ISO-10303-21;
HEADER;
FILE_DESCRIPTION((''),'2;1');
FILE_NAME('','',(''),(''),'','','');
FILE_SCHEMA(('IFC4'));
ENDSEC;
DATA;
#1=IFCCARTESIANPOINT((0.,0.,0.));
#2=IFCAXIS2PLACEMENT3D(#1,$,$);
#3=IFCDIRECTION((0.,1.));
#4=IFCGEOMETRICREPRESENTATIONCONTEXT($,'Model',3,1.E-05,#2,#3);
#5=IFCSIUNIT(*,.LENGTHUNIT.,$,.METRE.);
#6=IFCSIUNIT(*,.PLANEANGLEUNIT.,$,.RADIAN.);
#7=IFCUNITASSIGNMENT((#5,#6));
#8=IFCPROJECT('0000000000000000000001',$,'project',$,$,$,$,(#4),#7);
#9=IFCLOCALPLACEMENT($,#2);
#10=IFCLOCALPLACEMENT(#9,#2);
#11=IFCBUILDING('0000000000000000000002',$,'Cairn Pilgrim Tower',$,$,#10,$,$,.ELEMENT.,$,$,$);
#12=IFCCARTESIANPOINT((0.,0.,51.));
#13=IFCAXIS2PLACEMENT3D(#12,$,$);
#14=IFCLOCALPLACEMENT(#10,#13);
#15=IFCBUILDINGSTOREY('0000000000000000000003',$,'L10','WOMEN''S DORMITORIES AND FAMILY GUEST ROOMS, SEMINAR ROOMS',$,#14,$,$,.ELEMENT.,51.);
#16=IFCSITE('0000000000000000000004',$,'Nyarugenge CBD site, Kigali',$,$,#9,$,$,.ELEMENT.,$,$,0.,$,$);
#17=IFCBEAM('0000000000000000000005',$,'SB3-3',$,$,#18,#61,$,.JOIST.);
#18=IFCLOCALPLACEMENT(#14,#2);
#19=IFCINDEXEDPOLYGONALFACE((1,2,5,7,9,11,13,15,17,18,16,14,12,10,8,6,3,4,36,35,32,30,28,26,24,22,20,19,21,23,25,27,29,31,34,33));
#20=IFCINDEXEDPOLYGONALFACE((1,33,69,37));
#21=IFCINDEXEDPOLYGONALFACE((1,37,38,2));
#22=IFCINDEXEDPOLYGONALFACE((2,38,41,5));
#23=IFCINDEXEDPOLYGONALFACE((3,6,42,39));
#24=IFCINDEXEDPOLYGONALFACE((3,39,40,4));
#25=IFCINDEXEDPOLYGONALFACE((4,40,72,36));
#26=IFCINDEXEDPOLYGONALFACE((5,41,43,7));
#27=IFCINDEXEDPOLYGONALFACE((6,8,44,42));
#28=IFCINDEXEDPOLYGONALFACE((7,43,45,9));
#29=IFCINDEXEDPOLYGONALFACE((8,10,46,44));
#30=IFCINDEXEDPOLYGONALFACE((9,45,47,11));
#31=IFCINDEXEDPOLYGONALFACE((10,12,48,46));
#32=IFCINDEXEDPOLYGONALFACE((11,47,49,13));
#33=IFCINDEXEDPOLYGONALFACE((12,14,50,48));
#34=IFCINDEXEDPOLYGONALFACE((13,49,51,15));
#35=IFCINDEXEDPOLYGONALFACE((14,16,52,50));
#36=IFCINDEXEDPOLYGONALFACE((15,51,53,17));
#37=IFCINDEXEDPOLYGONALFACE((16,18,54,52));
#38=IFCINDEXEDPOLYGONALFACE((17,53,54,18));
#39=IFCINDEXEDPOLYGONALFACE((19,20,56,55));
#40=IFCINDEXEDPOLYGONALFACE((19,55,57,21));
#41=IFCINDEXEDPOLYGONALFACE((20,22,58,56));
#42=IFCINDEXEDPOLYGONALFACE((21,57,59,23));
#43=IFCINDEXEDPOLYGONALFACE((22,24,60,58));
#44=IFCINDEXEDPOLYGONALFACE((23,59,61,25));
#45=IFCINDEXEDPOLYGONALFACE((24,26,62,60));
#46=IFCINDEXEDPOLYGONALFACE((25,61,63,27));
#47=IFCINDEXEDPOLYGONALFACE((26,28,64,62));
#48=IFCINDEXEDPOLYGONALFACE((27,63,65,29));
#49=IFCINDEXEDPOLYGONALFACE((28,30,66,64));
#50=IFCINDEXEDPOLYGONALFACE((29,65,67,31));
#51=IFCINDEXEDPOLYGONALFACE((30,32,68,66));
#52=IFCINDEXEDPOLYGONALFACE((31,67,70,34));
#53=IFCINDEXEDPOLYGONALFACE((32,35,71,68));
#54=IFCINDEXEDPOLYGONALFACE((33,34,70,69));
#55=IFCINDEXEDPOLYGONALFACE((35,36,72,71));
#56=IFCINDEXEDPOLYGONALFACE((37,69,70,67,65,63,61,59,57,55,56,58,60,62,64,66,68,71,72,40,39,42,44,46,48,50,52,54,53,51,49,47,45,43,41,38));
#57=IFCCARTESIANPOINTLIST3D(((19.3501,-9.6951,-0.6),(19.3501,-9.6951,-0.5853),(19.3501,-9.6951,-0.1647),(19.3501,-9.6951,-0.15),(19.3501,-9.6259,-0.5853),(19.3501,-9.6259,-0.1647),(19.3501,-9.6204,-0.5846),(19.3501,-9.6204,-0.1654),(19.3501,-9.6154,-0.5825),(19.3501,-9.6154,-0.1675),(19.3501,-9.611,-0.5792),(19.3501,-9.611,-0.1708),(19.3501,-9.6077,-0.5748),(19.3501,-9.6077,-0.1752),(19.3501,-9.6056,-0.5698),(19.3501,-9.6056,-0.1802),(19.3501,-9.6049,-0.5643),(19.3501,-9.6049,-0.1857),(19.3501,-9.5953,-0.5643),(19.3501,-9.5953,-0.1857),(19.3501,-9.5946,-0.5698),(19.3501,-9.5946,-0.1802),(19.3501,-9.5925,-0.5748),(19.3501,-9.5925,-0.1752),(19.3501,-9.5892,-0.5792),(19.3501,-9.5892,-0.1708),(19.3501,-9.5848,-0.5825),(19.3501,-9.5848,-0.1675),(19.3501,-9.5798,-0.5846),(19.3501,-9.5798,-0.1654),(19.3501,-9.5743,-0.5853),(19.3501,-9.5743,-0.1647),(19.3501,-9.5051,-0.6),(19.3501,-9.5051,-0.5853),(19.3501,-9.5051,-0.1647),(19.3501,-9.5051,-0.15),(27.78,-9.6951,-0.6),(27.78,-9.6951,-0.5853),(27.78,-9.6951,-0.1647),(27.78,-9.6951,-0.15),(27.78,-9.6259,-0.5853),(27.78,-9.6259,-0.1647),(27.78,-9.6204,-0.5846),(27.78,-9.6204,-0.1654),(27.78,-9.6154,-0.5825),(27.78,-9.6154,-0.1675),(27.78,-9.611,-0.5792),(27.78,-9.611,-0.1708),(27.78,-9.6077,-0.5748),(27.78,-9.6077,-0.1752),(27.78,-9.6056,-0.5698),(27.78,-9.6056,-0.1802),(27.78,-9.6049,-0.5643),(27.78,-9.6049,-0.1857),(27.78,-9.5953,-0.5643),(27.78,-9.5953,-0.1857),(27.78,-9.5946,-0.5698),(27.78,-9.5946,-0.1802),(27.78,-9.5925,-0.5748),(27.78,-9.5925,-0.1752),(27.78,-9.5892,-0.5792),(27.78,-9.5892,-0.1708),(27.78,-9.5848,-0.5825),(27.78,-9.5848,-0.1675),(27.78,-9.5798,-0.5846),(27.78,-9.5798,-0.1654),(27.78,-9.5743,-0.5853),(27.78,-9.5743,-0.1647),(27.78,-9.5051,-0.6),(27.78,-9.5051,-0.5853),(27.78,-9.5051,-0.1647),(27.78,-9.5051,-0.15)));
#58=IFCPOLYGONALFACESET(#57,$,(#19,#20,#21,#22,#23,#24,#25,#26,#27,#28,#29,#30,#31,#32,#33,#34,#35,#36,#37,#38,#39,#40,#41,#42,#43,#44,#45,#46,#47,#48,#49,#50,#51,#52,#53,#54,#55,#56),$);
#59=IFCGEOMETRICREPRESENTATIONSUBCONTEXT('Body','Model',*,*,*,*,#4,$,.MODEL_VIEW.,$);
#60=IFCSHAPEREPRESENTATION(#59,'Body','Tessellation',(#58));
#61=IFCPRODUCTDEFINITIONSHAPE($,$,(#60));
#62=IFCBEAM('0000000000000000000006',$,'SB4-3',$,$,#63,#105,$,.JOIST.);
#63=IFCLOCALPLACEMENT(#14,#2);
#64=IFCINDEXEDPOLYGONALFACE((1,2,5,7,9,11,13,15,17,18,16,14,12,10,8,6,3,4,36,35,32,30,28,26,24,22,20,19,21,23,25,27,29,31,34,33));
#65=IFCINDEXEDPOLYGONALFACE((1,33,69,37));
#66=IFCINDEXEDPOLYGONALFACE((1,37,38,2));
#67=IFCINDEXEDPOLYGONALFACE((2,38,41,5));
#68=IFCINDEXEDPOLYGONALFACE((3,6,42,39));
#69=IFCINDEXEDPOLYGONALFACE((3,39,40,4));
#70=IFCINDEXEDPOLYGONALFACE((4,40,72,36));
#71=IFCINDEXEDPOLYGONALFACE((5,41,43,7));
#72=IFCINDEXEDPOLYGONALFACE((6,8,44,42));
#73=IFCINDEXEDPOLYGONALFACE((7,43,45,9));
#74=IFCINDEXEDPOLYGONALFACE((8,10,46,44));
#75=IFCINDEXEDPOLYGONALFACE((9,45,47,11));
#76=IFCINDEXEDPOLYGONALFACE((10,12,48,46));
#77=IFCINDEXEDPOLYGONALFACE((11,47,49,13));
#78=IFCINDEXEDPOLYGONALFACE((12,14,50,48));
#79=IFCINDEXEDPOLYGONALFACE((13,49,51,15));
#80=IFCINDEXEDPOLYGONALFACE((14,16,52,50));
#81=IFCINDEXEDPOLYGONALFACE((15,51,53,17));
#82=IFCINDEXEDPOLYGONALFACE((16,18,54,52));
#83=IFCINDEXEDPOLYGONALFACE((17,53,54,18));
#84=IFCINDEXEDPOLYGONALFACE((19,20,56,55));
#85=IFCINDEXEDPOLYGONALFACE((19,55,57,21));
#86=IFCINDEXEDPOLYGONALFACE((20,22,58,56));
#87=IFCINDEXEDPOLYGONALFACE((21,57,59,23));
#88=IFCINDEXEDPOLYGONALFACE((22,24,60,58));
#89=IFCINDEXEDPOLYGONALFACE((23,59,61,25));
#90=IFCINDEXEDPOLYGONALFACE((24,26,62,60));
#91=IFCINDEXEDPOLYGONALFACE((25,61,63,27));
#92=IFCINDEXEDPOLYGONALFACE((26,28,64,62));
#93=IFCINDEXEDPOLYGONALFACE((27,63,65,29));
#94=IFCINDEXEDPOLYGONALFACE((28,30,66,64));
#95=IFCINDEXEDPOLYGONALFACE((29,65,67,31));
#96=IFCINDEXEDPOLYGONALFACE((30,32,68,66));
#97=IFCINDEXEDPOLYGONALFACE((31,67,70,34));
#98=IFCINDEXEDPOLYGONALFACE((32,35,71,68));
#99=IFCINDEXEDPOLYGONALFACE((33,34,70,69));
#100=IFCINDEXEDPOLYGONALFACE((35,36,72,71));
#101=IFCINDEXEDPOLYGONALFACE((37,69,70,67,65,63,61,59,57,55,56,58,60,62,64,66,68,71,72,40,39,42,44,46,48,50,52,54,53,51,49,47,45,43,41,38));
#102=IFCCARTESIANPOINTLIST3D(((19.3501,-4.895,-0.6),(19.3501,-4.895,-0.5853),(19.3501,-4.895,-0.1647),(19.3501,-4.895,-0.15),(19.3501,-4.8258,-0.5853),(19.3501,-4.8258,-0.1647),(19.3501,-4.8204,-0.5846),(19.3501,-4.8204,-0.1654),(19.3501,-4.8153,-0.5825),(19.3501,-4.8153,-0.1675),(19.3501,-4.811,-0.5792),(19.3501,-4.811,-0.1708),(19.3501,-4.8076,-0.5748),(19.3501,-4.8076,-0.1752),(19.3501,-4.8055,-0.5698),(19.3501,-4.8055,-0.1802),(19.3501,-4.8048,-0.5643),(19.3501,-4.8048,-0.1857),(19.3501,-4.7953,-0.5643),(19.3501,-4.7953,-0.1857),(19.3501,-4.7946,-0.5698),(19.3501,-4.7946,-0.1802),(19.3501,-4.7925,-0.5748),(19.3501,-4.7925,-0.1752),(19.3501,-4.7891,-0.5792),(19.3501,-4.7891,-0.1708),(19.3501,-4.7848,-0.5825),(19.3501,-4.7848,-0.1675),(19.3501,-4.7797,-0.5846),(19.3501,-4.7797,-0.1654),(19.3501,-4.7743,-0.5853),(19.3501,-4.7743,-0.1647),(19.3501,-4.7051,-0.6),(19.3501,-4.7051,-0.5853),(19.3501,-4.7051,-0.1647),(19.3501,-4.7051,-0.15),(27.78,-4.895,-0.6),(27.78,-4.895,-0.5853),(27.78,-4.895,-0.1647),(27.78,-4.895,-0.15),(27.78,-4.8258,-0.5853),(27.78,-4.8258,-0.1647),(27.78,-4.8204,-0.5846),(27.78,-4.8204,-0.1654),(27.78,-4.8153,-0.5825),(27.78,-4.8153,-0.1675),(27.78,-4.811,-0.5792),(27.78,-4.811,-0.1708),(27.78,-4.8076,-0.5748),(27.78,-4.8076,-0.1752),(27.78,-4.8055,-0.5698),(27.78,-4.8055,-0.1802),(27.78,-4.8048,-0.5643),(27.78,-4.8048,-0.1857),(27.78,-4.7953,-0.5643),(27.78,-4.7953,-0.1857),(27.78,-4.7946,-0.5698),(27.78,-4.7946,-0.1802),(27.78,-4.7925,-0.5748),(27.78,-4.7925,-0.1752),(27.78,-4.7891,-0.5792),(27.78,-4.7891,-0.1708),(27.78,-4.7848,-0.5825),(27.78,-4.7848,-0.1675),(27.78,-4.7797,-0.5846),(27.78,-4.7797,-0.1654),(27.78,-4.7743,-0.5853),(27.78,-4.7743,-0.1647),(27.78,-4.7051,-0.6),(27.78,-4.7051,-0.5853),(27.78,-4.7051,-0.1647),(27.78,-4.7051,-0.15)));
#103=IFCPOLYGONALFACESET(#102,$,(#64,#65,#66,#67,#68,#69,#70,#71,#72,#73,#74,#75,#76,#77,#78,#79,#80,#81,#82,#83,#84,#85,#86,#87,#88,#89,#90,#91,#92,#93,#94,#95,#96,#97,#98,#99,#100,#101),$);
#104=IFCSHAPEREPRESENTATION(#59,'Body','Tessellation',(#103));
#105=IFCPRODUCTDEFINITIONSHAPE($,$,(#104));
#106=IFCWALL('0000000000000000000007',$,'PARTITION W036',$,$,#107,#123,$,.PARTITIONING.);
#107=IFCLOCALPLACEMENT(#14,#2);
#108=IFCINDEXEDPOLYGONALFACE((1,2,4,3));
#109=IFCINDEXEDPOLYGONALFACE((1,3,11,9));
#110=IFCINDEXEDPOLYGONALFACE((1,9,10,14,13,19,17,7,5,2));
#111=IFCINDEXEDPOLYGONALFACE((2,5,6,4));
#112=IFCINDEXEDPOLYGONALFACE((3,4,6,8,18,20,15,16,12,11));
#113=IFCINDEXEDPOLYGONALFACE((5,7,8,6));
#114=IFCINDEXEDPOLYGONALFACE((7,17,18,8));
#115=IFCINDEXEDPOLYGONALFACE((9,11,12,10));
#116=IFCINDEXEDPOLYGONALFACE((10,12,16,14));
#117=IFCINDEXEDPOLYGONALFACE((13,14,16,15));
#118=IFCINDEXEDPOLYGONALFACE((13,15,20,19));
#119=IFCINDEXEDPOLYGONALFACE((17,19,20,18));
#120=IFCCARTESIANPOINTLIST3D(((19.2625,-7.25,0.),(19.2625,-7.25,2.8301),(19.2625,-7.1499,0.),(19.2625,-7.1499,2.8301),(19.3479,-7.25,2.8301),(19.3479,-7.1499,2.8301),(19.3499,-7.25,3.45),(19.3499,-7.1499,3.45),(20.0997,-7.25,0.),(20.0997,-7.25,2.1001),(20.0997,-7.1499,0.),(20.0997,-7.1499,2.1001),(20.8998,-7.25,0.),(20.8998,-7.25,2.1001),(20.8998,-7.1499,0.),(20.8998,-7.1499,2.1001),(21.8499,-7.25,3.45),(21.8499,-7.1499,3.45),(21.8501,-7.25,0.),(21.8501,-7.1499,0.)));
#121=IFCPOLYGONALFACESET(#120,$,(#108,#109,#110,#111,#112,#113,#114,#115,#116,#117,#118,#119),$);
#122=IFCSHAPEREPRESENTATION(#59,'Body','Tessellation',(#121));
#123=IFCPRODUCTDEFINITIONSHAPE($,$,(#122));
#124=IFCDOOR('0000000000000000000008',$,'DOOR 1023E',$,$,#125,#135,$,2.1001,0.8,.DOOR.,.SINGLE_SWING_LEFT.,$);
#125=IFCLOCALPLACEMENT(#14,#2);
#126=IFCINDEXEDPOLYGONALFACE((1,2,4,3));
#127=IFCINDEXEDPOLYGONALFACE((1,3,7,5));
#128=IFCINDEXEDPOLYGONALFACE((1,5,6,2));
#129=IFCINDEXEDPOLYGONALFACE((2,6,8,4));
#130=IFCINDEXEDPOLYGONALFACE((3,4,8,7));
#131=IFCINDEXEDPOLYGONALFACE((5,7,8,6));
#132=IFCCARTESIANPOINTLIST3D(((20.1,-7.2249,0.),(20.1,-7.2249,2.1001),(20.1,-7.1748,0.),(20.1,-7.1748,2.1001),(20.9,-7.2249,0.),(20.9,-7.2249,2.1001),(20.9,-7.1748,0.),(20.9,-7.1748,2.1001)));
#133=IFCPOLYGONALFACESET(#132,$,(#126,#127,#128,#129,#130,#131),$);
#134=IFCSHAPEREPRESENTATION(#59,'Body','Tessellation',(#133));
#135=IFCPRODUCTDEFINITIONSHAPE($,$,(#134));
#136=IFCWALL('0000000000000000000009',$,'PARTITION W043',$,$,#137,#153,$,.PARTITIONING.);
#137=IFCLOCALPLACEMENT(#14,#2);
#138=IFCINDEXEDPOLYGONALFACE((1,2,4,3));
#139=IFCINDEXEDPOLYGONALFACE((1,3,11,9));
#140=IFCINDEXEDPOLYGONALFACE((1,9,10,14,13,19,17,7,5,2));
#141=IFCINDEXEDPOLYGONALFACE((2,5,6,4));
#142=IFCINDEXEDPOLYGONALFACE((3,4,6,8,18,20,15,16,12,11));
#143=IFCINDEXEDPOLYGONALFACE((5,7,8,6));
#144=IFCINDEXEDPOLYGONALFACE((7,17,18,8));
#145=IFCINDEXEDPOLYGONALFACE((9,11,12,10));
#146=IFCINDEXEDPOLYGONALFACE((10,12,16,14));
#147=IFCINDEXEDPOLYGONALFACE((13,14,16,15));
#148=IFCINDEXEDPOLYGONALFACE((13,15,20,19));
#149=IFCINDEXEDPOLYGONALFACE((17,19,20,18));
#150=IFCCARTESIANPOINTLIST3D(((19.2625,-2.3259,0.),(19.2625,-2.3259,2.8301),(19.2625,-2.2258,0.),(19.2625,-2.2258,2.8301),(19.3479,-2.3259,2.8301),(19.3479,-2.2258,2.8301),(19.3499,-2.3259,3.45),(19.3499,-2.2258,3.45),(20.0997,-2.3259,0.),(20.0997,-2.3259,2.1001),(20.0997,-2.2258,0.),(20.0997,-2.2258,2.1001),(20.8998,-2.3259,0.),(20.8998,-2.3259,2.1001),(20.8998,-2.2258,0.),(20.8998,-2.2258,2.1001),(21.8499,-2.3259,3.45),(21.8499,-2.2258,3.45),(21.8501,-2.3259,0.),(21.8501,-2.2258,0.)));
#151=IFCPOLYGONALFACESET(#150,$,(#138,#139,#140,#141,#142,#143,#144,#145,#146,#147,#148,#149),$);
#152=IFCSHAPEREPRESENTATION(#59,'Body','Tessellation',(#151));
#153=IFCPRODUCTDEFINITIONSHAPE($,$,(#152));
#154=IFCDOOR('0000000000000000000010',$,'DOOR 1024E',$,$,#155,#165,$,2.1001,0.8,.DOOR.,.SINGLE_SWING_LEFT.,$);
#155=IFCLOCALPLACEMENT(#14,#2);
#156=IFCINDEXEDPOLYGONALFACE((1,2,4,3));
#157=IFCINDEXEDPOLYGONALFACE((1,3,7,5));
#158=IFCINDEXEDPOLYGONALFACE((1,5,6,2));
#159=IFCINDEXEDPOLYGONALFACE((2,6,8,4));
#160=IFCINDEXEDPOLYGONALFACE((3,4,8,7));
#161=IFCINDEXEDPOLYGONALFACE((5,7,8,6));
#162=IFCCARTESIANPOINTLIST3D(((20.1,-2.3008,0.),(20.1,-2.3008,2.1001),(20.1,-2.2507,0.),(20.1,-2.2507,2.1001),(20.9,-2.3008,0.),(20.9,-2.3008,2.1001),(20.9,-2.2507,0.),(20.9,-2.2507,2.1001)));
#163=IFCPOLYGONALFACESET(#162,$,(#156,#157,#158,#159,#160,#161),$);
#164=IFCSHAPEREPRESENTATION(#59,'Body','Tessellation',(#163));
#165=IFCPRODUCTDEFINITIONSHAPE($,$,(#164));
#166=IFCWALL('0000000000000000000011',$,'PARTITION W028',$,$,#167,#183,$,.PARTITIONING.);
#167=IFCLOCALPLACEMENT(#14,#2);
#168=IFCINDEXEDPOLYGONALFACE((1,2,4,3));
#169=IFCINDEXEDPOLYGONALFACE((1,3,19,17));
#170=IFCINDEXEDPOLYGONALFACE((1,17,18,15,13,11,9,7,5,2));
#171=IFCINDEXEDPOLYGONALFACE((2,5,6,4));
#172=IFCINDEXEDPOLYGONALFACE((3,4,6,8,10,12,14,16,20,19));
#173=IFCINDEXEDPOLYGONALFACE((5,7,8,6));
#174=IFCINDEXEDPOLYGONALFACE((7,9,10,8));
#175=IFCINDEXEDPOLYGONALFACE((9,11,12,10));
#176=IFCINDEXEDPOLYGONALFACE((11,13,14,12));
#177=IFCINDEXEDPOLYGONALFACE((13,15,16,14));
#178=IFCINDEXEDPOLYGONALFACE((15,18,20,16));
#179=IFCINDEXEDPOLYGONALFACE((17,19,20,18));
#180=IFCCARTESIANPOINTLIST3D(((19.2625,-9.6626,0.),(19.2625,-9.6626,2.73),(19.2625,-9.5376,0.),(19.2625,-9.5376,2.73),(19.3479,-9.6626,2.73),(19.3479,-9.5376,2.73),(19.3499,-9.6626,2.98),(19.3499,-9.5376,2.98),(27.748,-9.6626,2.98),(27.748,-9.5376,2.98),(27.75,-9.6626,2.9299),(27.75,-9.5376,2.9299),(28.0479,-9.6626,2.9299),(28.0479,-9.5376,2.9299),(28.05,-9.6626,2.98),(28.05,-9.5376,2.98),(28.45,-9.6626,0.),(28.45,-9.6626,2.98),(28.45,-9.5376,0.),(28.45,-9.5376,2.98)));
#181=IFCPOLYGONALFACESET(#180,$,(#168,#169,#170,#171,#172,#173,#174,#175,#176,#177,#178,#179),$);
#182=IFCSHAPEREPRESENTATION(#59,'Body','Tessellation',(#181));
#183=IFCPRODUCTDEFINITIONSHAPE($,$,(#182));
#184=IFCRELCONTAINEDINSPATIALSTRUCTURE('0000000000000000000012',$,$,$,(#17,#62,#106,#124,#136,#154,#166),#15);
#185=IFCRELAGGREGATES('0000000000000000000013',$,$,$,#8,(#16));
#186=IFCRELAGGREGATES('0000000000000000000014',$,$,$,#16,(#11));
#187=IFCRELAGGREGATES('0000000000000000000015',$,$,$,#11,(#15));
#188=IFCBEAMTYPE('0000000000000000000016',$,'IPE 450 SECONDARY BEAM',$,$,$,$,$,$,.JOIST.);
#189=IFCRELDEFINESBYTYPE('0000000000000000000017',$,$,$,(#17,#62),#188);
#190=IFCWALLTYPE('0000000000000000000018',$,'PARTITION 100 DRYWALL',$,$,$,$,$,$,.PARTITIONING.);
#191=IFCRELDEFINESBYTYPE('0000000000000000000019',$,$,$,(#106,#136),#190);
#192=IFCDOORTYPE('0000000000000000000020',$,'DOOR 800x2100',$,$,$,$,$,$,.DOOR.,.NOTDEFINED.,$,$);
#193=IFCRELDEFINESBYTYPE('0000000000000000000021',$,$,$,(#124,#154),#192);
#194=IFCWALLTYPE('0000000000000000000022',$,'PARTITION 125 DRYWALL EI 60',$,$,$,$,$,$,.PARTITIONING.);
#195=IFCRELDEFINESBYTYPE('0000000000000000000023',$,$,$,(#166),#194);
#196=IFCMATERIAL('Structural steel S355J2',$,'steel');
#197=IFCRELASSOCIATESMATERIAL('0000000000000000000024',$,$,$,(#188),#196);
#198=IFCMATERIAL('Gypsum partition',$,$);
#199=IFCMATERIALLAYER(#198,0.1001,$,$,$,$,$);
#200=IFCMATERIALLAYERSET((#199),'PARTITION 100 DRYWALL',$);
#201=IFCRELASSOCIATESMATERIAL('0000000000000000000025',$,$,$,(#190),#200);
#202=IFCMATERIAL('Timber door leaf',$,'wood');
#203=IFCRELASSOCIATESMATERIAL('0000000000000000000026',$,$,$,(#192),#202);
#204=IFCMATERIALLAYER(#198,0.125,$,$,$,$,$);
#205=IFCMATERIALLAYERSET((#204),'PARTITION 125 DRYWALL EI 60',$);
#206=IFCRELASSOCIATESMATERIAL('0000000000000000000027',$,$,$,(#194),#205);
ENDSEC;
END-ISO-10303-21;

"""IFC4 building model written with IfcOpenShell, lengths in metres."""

from ifc_helpers import new_model, si_unit, direction, frame, frame_2d, origin, origin_2d, place, context, subcontext, project, spatial, polyline, rectangle, i_section, outline, extrude, material, layer, layer_set, material_profile, profile_set, type_object, element, fill, save


model = new_model("IFC4")

# Units and contexts
model_context = context("Model", 3, precision=1e-05, world=origin(), true_north=direction((0.0, 1.0)))
body_context = subcontext(model_context, "Body", "Model", "MODEL_VIEW")
ifc_project = project(units=[si_unit("LENGTHUNIT", "METRE"), si_unit("PLANEANGLEUNIT", "RADIAN")], contexts=[model_context])

# Site, building, storey
site_placement = place(None, origin())
site = spatial("IfcSite", under=ifc_project, at=site_placement, Name="Nyarugenge CBD site, Kigali", CompositionType="ELEMENT", RefElevation=0.0)
building_placement = place(site_placement, origin())
building = spatial("IfcBuilding", under=site, at=building_placement, Name="Cairn Pilgrim Tower", CompositionType="ELEMENT")
storey_placement = place(building_placement, frame((0.0, 0.0, 51.0)))
storey = spatial("IfcBuildingStorey", under=building, at=storey_placement, Name="L10", Description="WOMEN'S DORMITORIES AND FAMILY GUEST ROOMS, SEMINAR ROOMS", CompositionType="ELEMENT", Elevation=51.0)

# Beams
ifc_material_1 = material(Name="Structural steel S355J2", Category="steel")
ifc_material_profile_1 = material_profile(ifc_material_1, i_section(OverallWidth=0.1899, OverallDepth=0.45, WebThickness=0.0095, FlangeThickness=0.0146, FilletRadius=0.021, at=origin_2d()), Name="IPE 450")
ifc_profile_set_1 = profile_set([ifc_material_profile_1], Name="Structural steel S355J2")
beam_type_1 = type_object("IfcBeamType", Name="IPE 450 SECONDARY BEAM", PredefinedType="JOIST", material=ifc_profile_set_1)
for number, where, z_axis, x_axis, name in (
    (1, (19.3501, -9.6001, -0.375), (1.0, 0.0, 0.0), (0.0, 1.0, 0.0), "SB3-3"),
    (2, (19.3501, -4.8, -0.375), (1.0, 0.0, 0.0), (0.0, 1.0, 0.0), "SB4-3"),
):
    element("IfcBeam", number, at=place(storey_placement, frame(where, z_axis=z_axis, x_axis=x_axis)), inside=storey, type_object=beam_type_1, Name=name, PredefinedType="JOIST", context=body_context, shape_type="SweptSolid", body=[
        extrude(i_section(OverallWidth=0.1899, OverallDepth=0.45, WebThickness=0.0095, FlangeThickness=0.0146, FilletRadius=0.021, at=origin_2d()), origin(), (0.0, 0.0, 1.0), 8.4299),
    ])

# Walls, openings, doors
ifc_material_2 = material(Name="Gypsum partition")
ifc_layer_1 = layer(ifc_material_2, 0.1001)
ifc_layer_set_1 = layer_set([ifc_layer_1], Name="PARTITION 100 DRYWALL")
wall_type_1 = type_object("IfcWallType", Name="PARTITION 100 DRYWALL", PredefinedType="PARTITIONING", material=ifc_layer_set_1)
wall_1_placement = place(storey_placement, frame((19.2625, -7.2, 0.0), z_axis=(0.0, 0.0, 1.0), x_axis=(1.0, 0.0, 0.0)))
wall_1 = element("IfcWall", 3, at=wall_1_placement, inside=storey, type_object=wall_type_1, Name="PARTITION W036", PredefinedType="PARTITIONING", context=body_context, shape_type="SweptSolid", body=[
    extrude(outline(polyline([(0.0, 0.0), (2.5876, 0.0), (2.5874, 3.45), (0.0874, 3.45), (0.0854, 2.8301), (0.0, 2.8301), (0.0, 0.0)])), frame((0.0, 0.05, 0.0), z_axis=(0.0, -1.0, 0.0), x_axis=(1.0, 0.0, 0.0)), (0.0, 0.0, 1.0), 0.1001),
])
opening_1_placement = place(wall_1_placement, frame((0.8374, 0.0, 0.0)))
opening_1 = element("IfcOpeningElement", 4, at=opening_1_placement, cuts=wall_1, PredefinedType="OPENING", context=body_context, shape_type="SweptSolid", body=[
    extrude(rectangle(XDim=0.8, YDim=2.1001, at=frame_2d((0.3999, 1.05))), frame((0.0, 0.0601, 0.0), z_axis=(0.0, -1.0, 0.0), x_axis=(1.0, 0.0, 0.0)), (0.0, 0.0, 1.0), 0.1201),
])
ifc_material_3 = material(Name="Timber door leaf", Category="wood")
door_type_1 = type_object("IfcDoorType", Name="DOOR 800x2100", OperationType="NOTDEFINED", PredefinedType="DOOR", material=ifc_material_3)
door_1_placement = place(opening_1_placement, frame((0.8, 0.0, 0.0), z_axis=(0.0, 0.0, 1.0), x_axis=(-1.0, 0.0, 0.0)))
door_1 = element("IfcDoor", 5, at=door_1_placement, inside=storey, type_object=door_type_1, Name="DOOR 1023E", OperationType="SINGLE_SWING_LEFT", OverallHeight=2.1001, OverallWidth=0.8, PredefinedType="DOOR", context=body_context, shape_type="SweptSolid", body=[
    extrude(rectangle(XDim=0.8, YDim=2.1001, at=frame_2d((0.3999, 1.05))), frame((0.0, 0.0249, 0.0), z_axis=(0.0, -1.0, 0.0), x_axis=(1.0, 0.0, 0.0)), (0.0, 0.0, 1.0), 0.05),
])
fill(opening_1, door_1)
wall_2_placement = place(storey_placement, frame((19.2625, -2.2759, 0.0), z_axis=(0.0, 0.0, 1.0), x_axis=(1.0, 0.0, 0.0)))
wall_2 = element("IfcWall", 6, at=wall_2_placement, inside=storey, type_object=wall_type_1, Name="PARTITION W043", PredefinedType="PARTITIONING", context=body_context, shape_type="SweptSolid", body=[
    extrude(outline(polyline([(0.0, 0.0), (2.5876, 0.0), (2.5874, 3.45), (0.0874, 3.45), (0.0854, 2.8301), (0.0, 2.8301), (0.0, 0.0)])), frame((0.0, 0.05, 0.0), z_axis=(0.0, -1.0, 0.0), x_axis=(1.0, 0.0, 0.0)), (0.0, 0.0, 1.0), 0.1001),
])
opening_2_placement = place(wall_2_placement, frame((0.8374, 0.0, 0.0)))
opening_2 = element("IfcOpeningElement", 7, at=opening_2_placement, cuts=wall_2, PredefinedType="OPENING", context=body_context, shape_type="SweptSolid", body=[
    extrude(rectangle(XDim=0.8, YDim=2.1001, at=frame_2d((0.3999, 1.05))), frame((0.0, 0.0601, 0.0), z_axis=(0.0, -1.0, 0.0), x_axis=(1.0, 0.0, 0.0)), (0.0, 0.0, 1.0), 0.1201),
])
door_2_placement = place(opening_2_placement, frame((0.8, 0.0, 0.0), z_axis=(0.0, 0.0, 1.0), x_axis=(-1.0, 0.0, 0.0)))
door_2 = element("IfcDoor", 8, at=door_2_placement, inside=storey, type_object=door_type_1, Name="DOOR 1024E", OperationType="SINGLE_SWING_LEFT", OverallHeight=2.1001, OverallWidth=0.8, PredefinedType="DOOR", context=body_context, shape_type="SweptSolid", body=[
    extrude(rectangle(XDim=0.8, YDim=2.1001, at=frame_2d((0.3999, 1.05))), frame((0.0, 0.0249, 0.0), z_axis=(0.0, -1.0, 0.0), x_axis=(1.0, 0.0, 0.0)), (0.0, 0.0, 1.0), 0.05),
])
fill(opening_2, door_2)

# Wall
ifc_layer_2 = layer(ifc_material_2, 0.125)
ifc_layer_set_2 = layer_set([ifc_layer_2], Name="PARTITION 125 DRYWALL EI 60")
wall_type_2 = type_object("IfcWallType", Name="PARTITION 125 DRYWALL EI 60", PredefinedType="PARTITIONING", material=ifc_layer_set_2)
wall_3_placement = place(storey_placement, frame((19.2625, -9.6001, 0.0), z_axis=(0.0, 0.0, 1.0), x_axis=(1.0, 0.0, 0.0)))
element("IfcWall", 9, at=wall_3_placement, inside=storey, type_object=wall_type_2, Name="PARTITION W028", PredefinedType="PARTITIONING", context=body_context, shape_type="SweptSolid", body=[
    extrude(outline(polyline([(0.0, 0.0), (9.1875, 0.0), (9.1875, 2.98), (8.7876, 2.98), (8.7854, 2.9299), (8.4875, 2.9299), (8.4856, 2.98), (0.0874, 2.98), (0.0854, 2.73), (0.0, 2.73), (0.0, 0.0)])), frame((0.0, 0.0625, 0.0), z_axis=(0.0, -1.0, 0.0), x_axis=(1.0, 0.0, 0.0)), (0.0, 0.0, 1.0), 0.125),
])

save(model, "model.ifc")
